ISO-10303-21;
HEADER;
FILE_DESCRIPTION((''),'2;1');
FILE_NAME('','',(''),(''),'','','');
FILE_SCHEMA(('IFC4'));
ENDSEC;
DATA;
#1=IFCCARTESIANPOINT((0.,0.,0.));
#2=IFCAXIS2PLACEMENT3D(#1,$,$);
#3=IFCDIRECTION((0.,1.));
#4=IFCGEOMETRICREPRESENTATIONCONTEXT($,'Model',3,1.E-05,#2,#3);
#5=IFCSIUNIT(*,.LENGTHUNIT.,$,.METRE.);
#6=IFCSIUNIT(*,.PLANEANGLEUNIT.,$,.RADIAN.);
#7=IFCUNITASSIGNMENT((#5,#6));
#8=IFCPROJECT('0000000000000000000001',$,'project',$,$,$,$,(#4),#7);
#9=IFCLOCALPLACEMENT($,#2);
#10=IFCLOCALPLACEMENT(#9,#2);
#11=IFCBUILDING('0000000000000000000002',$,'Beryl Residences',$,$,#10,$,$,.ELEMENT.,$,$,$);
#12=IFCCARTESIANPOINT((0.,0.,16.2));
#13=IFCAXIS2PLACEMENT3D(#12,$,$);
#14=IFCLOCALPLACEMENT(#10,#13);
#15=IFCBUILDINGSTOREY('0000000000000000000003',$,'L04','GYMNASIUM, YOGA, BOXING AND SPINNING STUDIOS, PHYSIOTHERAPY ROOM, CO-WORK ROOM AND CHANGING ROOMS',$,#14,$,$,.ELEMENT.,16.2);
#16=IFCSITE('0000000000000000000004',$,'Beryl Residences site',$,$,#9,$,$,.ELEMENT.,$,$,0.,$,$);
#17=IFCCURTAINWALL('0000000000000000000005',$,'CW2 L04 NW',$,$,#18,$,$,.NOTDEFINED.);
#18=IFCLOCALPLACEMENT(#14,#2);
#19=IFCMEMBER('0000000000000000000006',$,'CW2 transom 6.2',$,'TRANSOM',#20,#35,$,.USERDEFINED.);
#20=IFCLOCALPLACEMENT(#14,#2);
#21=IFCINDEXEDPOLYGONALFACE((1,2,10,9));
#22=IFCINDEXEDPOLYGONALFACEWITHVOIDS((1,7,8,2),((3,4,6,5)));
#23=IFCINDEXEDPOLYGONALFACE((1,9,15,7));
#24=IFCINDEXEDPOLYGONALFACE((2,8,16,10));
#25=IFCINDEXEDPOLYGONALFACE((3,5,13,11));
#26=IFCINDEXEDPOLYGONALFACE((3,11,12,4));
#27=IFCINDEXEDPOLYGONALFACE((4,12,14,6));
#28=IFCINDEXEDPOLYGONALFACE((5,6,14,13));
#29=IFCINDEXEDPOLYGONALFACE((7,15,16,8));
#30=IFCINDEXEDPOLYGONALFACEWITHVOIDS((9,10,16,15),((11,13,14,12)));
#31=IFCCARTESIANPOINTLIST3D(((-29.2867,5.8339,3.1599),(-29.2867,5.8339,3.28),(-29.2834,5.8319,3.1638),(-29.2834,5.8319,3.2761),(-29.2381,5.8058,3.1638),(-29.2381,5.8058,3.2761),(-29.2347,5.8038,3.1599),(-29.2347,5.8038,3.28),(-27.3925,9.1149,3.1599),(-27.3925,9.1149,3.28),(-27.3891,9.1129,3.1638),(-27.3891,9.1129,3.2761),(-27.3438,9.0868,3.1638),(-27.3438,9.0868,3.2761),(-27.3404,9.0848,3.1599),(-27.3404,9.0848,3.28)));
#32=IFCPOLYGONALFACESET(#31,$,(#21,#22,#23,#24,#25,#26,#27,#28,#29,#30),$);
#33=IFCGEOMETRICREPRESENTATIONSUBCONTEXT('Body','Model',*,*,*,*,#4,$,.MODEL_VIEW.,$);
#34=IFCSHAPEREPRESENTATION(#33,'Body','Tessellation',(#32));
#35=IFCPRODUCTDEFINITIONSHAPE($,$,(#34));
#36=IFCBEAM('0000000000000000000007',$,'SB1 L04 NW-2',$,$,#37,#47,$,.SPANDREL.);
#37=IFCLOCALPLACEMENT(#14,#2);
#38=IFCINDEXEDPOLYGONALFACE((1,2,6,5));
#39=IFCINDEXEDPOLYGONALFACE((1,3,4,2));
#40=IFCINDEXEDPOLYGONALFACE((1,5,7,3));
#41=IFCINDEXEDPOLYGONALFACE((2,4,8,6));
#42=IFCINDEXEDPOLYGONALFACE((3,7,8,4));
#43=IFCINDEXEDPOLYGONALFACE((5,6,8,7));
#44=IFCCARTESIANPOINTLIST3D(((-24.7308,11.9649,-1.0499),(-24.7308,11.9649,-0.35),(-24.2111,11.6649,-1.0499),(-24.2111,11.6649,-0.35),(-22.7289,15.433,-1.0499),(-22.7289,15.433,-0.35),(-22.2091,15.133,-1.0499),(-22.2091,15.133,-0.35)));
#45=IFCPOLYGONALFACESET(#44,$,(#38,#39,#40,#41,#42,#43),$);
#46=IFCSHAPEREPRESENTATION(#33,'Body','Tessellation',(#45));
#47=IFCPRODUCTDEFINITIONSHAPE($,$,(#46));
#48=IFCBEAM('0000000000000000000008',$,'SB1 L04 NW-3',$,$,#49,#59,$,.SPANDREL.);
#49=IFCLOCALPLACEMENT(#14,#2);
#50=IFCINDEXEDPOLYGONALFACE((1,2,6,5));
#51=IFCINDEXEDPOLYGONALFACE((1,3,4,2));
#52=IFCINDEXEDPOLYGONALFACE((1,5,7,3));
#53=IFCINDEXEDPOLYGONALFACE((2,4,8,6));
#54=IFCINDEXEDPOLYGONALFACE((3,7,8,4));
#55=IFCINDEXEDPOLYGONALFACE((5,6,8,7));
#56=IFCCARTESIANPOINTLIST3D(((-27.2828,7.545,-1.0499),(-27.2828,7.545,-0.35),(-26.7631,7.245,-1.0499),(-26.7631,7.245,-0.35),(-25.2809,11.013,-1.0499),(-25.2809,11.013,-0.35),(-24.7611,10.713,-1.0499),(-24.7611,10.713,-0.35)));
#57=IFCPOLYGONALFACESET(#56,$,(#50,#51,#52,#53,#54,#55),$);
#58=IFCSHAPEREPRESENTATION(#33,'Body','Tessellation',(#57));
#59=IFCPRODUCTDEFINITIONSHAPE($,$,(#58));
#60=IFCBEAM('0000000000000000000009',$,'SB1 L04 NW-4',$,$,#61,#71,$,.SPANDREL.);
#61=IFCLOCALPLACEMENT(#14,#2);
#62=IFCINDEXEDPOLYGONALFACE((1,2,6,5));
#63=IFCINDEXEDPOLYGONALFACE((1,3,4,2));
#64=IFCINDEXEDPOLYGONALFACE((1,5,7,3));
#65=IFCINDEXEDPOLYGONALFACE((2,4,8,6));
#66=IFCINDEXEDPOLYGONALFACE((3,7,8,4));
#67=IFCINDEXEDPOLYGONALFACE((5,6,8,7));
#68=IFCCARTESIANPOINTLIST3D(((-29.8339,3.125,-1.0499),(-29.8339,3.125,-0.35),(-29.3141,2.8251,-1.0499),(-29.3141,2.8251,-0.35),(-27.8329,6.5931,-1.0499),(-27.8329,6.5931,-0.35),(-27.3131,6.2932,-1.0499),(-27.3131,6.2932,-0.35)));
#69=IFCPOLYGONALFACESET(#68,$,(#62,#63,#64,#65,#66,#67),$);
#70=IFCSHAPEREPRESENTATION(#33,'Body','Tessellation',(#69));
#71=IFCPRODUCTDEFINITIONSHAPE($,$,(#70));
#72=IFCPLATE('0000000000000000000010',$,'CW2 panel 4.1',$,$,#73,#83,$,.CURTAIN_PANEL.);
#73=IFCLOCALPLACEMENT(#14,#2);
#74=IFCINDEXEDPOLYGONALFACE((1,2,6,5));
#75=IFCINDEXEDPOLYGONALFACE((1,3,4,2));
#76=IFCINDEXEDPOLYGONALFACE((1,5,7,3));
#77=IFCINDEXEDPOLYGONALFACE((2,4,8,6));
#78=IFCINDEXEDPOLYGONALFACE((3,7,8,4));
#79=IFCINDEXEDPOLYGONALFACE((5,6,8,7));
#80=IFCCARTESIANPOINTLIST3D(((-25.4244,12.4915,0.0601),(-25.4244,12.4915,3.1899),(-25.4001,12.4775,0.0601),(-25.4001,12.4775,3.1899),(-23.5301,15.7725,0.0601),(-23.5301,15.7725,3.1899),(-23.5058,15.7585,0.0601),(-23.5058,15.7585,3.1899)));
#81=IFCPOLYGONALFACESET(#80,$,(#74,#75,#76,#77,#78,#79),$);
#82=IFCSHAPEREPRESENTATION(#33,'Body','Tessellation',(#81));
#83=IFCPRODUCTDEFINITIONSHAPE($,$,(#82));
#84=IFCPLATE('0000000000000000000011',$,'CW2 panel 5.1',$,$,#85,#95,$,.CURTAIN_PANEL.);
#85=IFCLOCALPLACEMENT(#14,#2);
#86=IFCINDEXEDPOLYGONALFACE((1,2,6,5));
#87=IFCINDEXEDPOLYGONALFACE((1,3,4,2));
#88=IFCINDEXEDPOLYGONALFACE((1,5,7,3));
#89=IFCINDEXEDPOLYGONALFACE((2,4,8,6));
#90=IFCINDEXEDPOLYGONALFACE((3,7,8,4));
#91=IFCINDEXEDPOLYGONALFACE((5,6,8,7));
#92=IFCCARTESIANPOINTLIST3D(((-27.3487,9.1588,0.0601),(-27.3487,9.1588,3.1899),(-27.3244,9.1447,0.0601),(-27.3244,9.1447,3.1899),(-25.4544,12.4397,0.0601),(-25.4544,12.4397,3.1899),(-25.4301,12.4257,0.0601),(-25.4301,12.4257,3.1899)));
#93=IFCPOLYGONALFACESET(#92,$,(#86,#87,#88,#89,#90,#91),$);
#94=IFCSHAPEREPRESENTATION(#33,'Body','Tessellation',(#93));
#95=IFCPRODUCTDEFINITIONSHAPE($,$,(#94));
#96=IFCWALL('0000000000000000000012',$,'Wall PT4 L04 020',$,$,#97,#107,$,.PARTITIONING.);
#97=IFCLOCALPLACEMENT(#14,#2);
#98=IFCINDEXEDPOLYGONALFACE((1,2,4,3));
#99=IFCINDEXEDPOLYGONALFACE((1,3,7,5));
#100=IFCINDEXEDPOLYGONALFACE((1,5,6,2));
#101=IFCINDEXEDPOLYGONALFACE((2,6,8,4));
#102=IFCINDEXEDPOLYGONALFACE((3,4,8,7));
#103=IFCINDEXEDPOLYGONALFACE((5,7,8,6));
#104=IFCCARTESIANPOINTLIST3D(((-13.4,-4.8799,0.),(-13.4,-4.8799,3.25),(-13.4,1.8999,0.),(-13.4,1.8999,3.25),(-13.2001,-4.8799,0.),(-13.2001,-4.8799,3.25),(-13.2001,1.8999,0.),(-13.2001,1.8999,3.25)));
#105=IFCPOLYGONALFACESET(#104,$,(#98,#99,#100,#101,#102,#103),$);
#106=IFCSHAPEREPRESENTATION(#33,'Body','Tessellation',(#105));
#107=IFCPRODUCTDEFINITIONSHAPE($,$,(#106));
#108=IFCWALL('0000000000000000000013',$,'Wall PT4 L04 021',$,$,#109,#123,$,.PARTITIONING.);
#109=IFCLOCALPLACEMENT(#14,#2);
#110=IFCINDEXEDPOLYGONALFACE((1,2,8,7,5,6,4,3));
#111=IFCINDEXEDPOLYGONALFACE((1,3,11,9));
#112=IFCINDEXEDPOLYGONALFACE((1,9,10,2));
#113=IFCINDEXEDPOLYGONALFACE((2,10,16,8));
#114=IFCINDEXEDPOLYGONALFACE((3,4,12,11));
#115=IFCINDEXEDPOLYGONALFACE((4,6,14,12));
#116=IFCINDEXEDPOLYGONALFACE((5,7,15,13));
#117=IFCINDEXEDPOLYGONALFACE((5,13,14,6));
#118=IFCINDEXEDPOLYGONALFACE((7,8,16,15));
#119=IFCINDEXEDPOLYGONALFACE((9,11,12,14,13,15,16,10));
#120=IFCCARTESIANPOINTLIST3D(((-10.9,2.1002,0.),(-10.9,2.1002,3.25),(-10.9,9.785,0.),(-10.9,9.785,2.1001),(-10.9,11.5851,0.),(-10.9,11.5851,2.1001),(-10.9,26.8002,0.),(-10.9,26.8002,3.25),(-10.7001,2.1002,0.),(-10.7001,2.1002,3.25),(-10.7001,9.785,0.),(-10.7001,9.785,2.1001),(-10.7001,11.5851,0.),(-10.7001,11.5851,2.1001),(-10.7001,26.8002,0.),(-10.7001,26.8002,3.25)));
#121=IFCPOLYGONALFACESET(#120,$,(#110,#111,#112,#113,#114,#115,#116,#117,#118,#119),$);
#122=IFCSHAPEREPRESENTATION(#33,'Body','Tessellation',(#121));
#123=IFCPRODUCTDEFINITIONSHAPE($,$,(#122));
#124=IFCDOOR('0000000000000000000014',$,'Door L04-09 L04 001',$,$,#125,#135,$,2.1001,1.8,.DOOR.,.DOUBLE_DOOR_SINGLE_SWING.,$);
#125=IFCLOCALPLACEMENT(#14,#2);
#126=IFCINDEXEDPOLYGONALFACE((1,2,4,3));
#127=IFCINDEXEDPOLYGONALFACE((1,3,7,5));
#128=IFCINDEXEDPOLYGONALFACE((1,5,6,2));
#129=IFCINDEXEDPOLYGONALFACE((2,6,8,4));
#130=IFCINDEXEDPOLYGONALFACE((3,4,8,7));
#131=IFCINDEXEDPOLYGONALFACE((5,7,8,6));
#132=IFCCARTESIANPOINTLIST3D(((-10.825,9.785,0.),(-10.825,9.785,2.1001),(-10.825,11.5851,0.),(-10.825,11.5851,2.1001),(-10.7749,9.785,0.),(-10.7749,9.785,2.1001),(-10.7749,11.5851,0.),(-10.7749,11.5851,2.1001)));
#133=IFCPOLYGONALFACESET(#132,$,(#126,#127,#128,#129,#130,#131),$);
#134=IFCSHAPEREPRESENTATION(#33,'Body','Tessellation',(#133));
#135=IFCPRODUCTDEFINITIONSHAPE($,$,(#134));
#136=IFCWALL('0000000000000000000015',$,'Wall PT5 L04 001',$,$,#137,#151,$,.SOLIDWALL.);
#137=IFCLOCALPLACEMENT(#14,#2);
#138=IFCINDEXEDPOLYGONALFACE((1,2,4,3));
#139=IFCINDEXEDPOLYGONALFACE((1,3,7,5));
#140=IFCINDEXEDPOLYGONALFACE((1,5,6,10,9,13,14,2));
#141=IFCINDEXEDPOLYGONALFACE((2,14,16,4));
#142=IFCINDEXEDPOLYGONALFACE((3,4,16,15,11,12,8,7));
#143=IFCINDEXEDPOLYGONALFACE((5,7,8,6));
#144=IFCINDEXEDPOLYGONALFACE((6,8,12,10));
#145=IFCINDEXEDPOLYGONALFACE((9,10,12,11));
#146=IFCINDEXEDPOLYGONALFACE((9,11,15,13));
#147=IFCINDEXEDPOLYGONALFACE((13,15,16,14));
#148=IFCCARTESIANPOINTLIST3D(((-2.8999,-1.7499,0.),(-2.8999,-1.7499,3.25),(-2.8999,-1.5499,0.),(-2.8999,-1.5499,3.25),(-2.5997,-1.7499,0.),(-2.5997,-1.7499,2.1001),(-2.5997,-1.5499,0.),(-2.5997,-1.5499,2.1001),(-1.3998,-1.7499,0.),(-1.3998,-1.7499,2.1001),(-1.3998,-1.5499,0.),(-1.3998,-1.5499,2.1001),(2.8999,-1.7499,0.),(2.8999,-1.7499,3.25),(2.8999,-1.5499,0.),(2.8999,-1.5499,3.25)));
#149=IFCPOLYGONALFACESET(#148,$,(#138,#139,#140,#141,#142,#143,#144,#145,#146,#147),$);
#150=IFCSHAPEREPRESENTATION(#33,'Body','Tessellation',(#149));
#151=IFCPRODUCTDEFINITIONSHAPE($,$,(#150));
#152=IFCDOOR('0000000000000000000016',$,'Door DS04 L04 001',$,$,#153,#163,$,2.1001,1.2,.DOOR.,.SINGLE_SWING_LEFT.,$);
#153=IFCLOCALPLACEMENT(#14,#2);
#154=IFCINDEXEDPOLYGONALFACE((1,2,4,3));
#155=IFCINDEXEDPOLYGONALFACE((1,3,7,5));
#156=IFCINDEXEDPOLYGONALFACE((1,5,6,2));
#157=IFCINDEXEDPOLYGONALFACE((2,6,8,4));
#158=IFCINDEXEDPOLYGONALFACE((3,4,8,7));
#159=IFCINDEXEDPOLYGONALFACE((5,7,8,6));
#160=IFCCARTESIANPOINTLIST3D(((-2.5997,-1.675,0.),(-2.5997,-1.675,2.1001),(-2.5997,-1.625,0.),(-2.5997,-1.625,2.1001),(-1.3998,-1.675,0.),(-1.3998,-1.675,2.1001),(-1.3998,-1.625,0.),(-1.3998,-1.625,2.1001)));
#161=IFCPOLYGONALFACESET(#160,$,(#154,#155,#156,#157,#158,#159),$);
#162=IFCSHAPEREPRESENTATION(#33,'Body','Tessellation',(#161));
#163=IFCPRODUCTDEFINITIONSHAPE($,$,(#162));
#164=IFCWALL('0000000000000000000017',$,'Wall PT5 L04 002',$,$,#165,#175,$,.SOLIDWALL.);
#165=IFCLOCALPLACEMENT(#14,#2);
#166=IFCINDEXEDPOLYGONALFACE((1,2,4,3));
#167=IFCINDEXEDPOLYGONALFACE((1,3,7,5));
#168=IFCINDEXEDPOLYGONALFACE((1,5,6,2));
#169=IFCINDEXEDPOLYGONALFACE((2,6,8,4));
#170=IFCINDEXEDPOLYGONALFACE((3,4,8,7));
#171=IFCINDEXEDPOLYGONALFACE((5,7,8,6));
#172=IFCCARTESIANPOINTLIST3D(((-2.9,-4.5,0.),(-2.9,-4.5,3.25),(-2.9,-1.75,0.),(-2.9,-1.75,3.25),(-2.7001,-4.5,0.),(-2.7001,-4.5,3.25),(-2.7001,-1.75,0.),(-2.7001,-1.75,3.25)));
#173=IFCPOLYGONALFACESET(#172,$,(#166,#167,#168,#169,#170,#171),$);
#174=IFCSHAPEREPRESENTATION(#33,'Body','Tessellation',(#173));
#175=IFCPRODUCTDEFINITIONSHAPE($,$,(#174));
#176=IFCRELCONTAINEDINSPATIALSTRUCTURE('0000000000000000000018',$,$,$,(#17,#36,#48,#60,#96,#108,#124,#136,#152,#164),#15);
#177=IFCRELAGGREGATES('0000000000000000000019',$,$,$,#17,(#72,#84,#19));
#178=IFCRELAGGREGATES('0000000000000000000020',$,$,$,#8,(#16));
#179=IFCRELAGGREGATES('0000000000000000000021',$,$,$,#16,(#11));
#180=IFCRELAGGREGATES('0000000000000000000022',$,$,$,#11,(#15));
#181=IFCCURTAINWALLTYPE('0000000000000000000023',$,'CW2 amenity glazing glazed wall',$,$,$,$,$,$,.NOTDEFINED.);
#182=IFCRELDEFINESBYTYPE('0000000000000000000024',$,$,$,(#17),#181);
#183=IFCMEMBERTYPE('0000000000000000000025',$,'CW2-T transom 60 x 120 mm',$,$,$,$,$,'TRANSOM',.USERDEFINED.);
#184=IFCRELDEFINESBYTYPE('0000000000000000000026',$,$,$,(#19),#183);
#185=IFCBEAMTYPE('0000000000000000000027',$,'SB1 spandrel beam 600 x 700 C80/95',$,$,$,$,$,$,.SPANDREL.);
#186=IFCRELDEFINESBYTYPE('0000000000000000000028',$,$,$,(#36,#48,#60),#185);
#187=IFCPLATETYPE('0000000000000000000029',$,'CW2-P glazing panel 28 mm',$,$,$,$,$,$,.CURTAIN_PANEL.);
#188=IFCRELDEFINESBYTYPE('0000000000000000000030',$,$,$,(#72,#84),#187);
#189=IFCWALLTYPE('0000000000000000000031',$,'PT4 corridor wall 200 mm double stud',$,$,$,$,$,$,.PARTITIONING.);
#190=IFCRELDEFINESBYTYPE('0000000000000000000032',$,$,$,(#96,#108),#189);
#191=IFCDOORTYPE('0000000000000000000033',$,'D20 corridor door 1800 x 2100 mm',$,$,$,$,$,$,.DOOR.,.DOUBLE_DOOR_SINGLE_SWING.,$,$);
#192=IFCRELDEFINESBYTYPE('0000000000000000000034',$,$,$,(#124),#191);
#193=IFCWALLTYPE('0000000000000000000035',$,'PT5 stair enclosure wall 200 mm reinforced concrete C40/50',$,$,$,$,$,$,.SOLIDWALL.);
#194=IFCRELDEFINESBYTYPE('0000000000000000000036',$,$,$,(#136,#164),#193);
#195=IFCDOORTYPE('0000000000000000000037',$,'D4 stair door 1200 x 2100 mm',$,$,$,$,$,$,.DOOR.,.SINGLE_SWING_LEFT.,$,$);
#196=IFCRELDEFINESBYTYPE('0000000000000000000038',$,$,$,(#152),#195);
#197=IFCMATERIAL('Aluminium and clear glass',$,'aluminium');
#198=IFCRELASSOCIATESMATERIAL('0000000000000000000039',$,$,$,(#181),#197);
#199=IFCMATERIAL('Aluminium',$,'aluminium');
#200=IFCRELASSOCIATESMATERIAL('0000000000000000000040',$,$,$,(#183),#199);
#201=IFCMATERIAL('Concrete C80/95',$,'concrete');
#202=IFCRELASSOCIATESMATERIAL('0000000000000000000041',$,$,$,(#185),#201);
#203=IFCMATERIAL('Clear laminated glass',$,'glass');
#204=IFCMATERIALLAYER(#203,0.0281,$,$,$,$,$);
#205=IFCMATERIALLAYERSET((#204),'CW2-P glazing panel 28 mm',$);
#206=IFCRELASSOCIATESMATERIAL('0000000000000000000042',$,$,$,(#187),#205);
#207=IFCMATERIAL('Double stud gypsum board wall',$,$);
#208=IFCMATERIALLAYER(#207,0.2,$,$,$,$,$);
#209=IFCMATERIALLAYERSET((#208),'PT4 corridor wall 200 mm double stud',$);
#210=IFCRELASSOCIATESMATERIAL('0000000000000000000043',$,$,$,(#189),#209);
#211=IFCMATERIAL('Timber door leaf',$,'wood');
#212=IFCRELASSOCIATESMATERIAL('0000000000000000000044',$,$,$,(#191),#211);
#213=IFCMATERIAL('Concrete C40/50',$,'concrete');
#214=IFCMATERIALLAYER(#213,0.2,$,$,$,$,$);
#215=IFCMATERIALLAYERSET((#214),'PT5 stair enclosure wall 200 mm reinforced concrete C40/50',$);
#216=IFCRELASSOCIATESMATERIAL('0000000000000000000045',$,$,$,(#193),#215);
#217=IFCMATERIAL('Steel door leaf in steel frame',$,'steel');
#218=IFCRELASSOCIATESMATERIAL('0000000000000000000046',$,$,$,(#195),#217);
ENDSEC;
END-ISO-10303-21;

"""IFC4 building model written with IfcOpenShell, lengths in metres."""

from ifc_helpers import new_model, si_unit, direction, frame, frame_2d, origin, origin_2d, place, context, subcontext, project, spatial, rectangle, hollow_rectangle, extrude, material, layer, layer_set, material_profile, profile_set, type_object, element, fill, aggregate, save


model = new_model("IFC4")

# Units and contexts
model_context = context("Model", 3, precision=1e-05, world=origin(), true_north=direction((0.0, 1.0)))
body_context = subcontext(model_context, "Body", "Model", "MODEL_VIEW")
ifc_project = project(units=[si_unit("LENGTHUNIT", "METRE"), si_unit("PLANEANGLEUNIT", "RADIAN")], contexts=[model_context])

# Site, building, storey
site_placement = place(None, origin())
site = spatial("IfcSite", under=ifc_project, at=site_placement, Name="Beryl Residences site", CompositionType="ELEMENT", RefElevation=0.0)
building_placement = place(site_placement, origin())
building = spatial("IfcBuilding", under=site, at=building_placement, Name="Beryl Residences", CompositionType="ELEMENT")
storey_placement = place(building_placement, frame((0.0, 0.0, 16.2)))
storey = spatial("IfcBuildingStorey", under=building, at=storey_placement, Name="L04", Description="GYMNASIUM, YOGA, BOXING AND SPINNING STUDIOS, PHYSIOTHERAPY ROOM, CO-WORK ROOM AND CHANGING ROOMS", CompositionType="ELEMENT", Elevation=16.2)

# Curtain wall, member
ifc_material_1 = material(Name="Aluminium and clear glass", Category="aluminium")
curtain_wall_type = type_object("IfcCurtainWallType", Name="CW2 amenity glazing glazed wall", PredefinedType="NOTDEFINED", material=ifc_material_1)
curtain_wall_placement = place(storey_placement, origin())
curtain_wall = element("IfcCurtainWall", 1, at=curtain_wall_placement, inside=storey, type_object=curtain_wall_type, Name="CW2 L04 NW", PredefinedType="NOTDEFINED")
ifc_material_2 = material(Name="Aluminium", Category="aluminium")
ifc_material_profile_1 = material_profile(ifc_material_2, hollow_rectangle(XDim=0.0601, YDim=0.1201, WallThickness=0.0039, at=origin_2d()))
ifc_profile_set_1 = profile_set([ifc_material_profile_1], Name="Aluminium")
member_type_1 = type_object("IfcMemberType", Name="CW2-T transom 60 x 120 mm", ElementType="TRANSOM", PredefinedType="USERDEFINED", material=ifc_profile_set_1)
member_1_placement = place(storey_placement, frame((-27.3665, 9.0999, 3.22), z_axis=(-0.5, -0.866026, 0.0), x_axis=(0.866026, -0.5, 0.0)))
member_1 = element("IfcMember", 2, at=member_1_placement, type_object=member_type_1, Name="CW2 transom 6.2", ObjectType="TRANSOM", PredefinedType="USERDEFINED", context=body_context, shape_type="SweptSolid", body=[
    extrude(hollow_rectangle(XDim=0.0601, YDim=0.1201, WallThickness=0.0039, at=origin_2d()), origin(), (0.0, 0.0, 1.0), 3.7886),
])

# Beams
ifc_material_3 = material(Name="Concrete C80/95", Category="concrete")
ifc_material_profile_2 = material_profile(ifc_material_3, rectangle(XDim=0.6001, YDim=0.7, at=origin_2d()))
ifc_profile_set_2 = profile_set([ifc_material_profile_2], Name="Concrete C80/95")
beam_type = type_object("IfcBeamType", Name="SB1 spandrel beam 600 x 700 C80/95", PredefinedType="SPANDREL", material=ifc_profile_set_2)
for number, where, z_axis, x_axis, name in (
    (3, (-22.469, 15.283, -0.7), (-0.499942, -0.866059, 0.0), (0.866059, -0.499942, 0.0), "SB1 L04 NW-2"),
    (4, (-25.021, 10.863, -0.7), (-0.499942, -0.866059, 0.0), (0.866059, -0.499942, 0.0), "SB1 L04 NW-3"),
):
    element("IfcBeam", number, at=place(storey_placement, frame(where, z_axis=z_axis, x_axis=x_axis)), inside=storey, type_object=beam_type, Name=name, PredefinedType="SPANDREL", context=body_context, shape_type="SweptSolid", body=[
        extrude(rectangle(XDim=0.6001, YDim=0.7, at=origin_2d()), origin(), (0.0, 0.0, 1.0), 4.0044),
    ])
beam_placement = place(storey_placement, frame((-27.573, 6.4431, -0.7), z_axis=(-0.499759, -0.866164, 0.0), x_axis=(0.866164, -0.499759, 0.0)))
element("IfcBeam", 5, at=beam_placement, inside=storey, type_object=beam_type, Name="SB1 L04 NW-4", PredefinedType="SPANDREL", context=body_context, shape_type="SweptSolid", body=[
    extrude(rectangle(XDim=0.6001, YDim=0.7, at=origin_2d()), origin(), (0.0, 0.0, 1.0), 4.0039),
])

# Plates
ifc_material_4 = material(Name="Clear laminated glass", Category="glass")
ifc_layer_1 = layer(ifc_material_4, 0.0281)
ifc_layer_set_1 = layer_set([ifc_layer_1], Name="CW2-P glazing panel 28 mm")
plate_type = type_object("IfcPlateType", Name="CW2-P glazing panel 28 mm", PredefinedType="CURTAIN_PANEL", material=ifc_layer_set_1)
plate_1_placement = place(storey_placement, frame((-24.4651, 14.125, 0.0601), z_axis=(0.0, 0.0, 1.0), x_axis=(-0.500012, -0.866019, 0.0)))
plate_1 = element("IfcPlate", 6, at=plate_1_placement, type_object=plate_type, Name="CW2 panel 4.1", PredefinedType="CURTAIN_PANEL", context=body_context, shape_type="SweptSolid", body=[
    extrude(rectangle(XDim=3.7886, YDim=0.0281, at=origin_2d()), origin(), (0.0, 0.0, 1.0), 3.1299),
])
plate_2_placement = place(storey_placement, frame((-26.3894, 10.7922, 0.0601), z_axis=(0.0, 0.0, 1.0), x_axis=(-0.500012, -0.866019, 0.0)))
plate_2 = element("IfcPlate", 7, at=plate_2_placement, type_object=plate_type, Name="CW2 panel 5.1", PredefinedType="CURTAIN_PANEL", context=body_context, shape_type="SweptSolid", body=[
    extrude(rectangle(XDim=3.7886, YDim=0.0281, at=origin_2d()), origin(), (0.0, 0.0, 1.0), 3.1299),
])
aggregate(curtain_wall, [plate_1, plate_2, member_1])

# Wall
ifc_material_5 = material(Name="Double stud gypsum board wall")
ifc_layer_2 = layer(ifc_material_5, 0.2)
ifc_layer_set_2 = layer_set([ifc_layer_2], Name="PT4 corridor wall 200 mm double stud")
wall_type_1 = type_object("IfcWallType", Name="PT4 corridor wall 200 mm double stud", PredefinedType="PARTITIONING", material=ifc_layer_set_2)
wall_1_placement = place(storey_placement, frame((-13.3, -4.8799, 0.0), z_axis=(0.0, 0.0, 1.0), x_axis=(0.0, 1.0, 0.0)))
element("IfcWall", 8, at=wall_1_placement, inside=storey, type_object=wall_type_1, Name="Wall PT4 L04 020", PredefinedType="PARTITIONING", context=body_context, shape_type="SweptSolid", body=[
    extrude(rectangle(XDim=6.7798, YDim=0.2, at=frame_2d((3.3899, 0.0))), origin(), (0.0, 0.0, 1.0), 3.25),
])

# Walls, openings, doors
wall_2_placement = place(storey_placement, frame((-10.8, 2.1001, 0.0), z_axis=(0.0, 0.0, 1.0), x_axis=(0.0, 1.0, 0.0)))
wall_2 = element("IfcWall", 9, at=wall_2_placement, inside=storey, type_object=wall_type_1, Name="Wall PT4 L04 021", PredefinedType="PARTITIONING", context=body_context, shape_type="SweptSolid", body=[
    extrude(rectangle(XDim=24.7, YDim=0.2, at=frame_2d((12.3501, 0.0))), origin(), (0.0, 0.0, 1.0), 3.25),
])
opening_1_placement = place(wall_2_placement, frame((7.6851, 0.0, 0.0)))
opening_1 = element("IfcOpeningElement", 10, at=opening_1_placement, cuts=wall_2, PredefinedType="OPENING", context=body_context, shape_type="SweptSolid", body=[
    extrude(rectangle(XDim=1.8, YDim=2.1001, at=frame_2d((0.8999, 1.05))), frame((0.0, 0.1099, 0.0), z_axis=(0.0, -1.0, 0.0), x_axis=(1.0, 0.0, 0.0)), (0.0, 0.0, 1.0), 0.22),
])
ifc_material_6 = material(Name="Timber door leaf", Category="wood")
door_type_1 = type_object("IfcDoorType", Name="D20 corridor door 1800 x 2100 mm", OperationType="DOUBLE_DOOR_SINGLE_SWING", PredefinedType="DOOR", material=ifc_material_6)
door_1_placement = place(opening_1_placement, origin())
door_1 = element("IfcDoor", 11, at=door_1_placement, inside=storey, type_object=door_type_1, Name="Door L04-09 L04 001", OperationType="DOUBLE_DOOR_SINGLE_SWING", OverallHeight=2.1001, OverallWidth=1.8, PredefinedType="DOOR", context=body_context, shape_type="SweptSolid", body=[
    extrude(rectangle(XDim=1.8, YDim=2.1001, at=frame_2d((0.8999, 1.05))), frame((0.0, 0.0249, 0.0), z_axis=(0.0, -1.0, 0.0), x_axis=(1.0, 0.0, 0.0)), (0.0, 0.0, 1.0), 0.05),
])
fill(opening_1, door_1)
ifc_material_7 = material(Name="Concrete C40/50", Category="concrete")
ifc_layer_3 = layer(ifc_material_7, 0.2)
ifc_layer_set_3 = layer_set([ifc_layer_3], Name="PT5 stair enclosure wall 200 mm reinforced concrete C40/50")
wall_type_2 = type_object("IfcWallType", Name="PT5 stair enclosure wall 200 mm reinforced concrete C40/50", PredefinedType="SOLIDWALL", material=ifc_layer_set_3)
wall_3_placement = place(storey_placement, frame((-2.8999, -1.6499, 0.0), z_axis=(0.0, 0.0, 1.0), x_axis=(1.0, 0.0, 0.0)))
wall_3 = element("IfcWall", 12, at=wall_3_placement, inside=storey, type_object=wall_type_2, Name="Wall PT5 L04 001", PredefinedType="SOLIDWALL", context=body_context, shape_type="SweptSolid", body=[
    extrude(rectangle(XDim=5.7998, YDim=0.2, at=frame_2d((2.8999, 0.0))), origin(), (0.0, 0.0, 1.0), 3.25),
])
opening_2_placement = place(wall_3_placement, frame((0.3, 0.0, 0.0)))
opening_2 = element("IfcOpeningElement", 13, at=opening_2_placement, cuts=wall_3, PredefinedType="OPENING", context=body_context, shape_type="SweptSolid", body=[
    extrude(rectangle(XDim=1.2, YDim=2.1001, at=frame_2d((0.6001, 1.05))), frame((0.0, 0.1099, 0.0), z_axis=(0.0, -1.0, 0.0), x_axis=(1.0, 0.0, 0.0)), (0.0, 0.0, 1.0), 0.22),
])
ifc_material_8 = material(Name="Steel door leaf in steel frame", Category="steel")
door_type_2 = type_object("IfcDoorType", Name="D4 stair door 1200 x 2100 mm", OperationType="SINGLE_SWING_LEFT", PredefinedType="DOOR", material=ifc_material_8)
door_2_placement = place(opening_2_placement, origin())
door_2 = element("IfcDoor", 14, at=door_2_placement, inside=storey, type_object=door_type_2, Name="Door DS04 L04 001", OperationType="SINGLE_SWING_LEFT", OverallHeight=2.1001, OverallWidth=1.2, PredefinedType="DOOR", context=body_context, shape_type="SweptSolid", body=[
    extrude(rectangle(XDim=1.2, YDim=2.1001, at=frame_2d((0.6001, 1.05))), frame((0.0, 0.0249, 0.0), z_axis=(0.0, -1.0, 0.0), x_axis=(1.0, 0.0, 0.0)), (0.0, 0.0, 1.0), 0.05),
])
fill(opening_2, door_2)

# Wall
wall_4_placement = place(storey_placement, frame((-2.8, -4.5, 0.0), z_axis=(0.0, 0.0, 1.0), x_axis=(0.0, 1.0, 0.0)))
element("IfcWall", 15, at=wall_4_placement, inside=storey, type_object=wall_type_2, Name="Wall PT5 L04 002", PredefinedType="SOLIDWALL", context=body_context, shape_type="SweptSolid", body=[
    extrude(rectangle(XDim=2.75, YDim=0.2, at=frame_2d((1.375, 0.0))), origin(), (0.0, 0.0, 1.0), 3.25),
])

save(model, "model.ifc")
